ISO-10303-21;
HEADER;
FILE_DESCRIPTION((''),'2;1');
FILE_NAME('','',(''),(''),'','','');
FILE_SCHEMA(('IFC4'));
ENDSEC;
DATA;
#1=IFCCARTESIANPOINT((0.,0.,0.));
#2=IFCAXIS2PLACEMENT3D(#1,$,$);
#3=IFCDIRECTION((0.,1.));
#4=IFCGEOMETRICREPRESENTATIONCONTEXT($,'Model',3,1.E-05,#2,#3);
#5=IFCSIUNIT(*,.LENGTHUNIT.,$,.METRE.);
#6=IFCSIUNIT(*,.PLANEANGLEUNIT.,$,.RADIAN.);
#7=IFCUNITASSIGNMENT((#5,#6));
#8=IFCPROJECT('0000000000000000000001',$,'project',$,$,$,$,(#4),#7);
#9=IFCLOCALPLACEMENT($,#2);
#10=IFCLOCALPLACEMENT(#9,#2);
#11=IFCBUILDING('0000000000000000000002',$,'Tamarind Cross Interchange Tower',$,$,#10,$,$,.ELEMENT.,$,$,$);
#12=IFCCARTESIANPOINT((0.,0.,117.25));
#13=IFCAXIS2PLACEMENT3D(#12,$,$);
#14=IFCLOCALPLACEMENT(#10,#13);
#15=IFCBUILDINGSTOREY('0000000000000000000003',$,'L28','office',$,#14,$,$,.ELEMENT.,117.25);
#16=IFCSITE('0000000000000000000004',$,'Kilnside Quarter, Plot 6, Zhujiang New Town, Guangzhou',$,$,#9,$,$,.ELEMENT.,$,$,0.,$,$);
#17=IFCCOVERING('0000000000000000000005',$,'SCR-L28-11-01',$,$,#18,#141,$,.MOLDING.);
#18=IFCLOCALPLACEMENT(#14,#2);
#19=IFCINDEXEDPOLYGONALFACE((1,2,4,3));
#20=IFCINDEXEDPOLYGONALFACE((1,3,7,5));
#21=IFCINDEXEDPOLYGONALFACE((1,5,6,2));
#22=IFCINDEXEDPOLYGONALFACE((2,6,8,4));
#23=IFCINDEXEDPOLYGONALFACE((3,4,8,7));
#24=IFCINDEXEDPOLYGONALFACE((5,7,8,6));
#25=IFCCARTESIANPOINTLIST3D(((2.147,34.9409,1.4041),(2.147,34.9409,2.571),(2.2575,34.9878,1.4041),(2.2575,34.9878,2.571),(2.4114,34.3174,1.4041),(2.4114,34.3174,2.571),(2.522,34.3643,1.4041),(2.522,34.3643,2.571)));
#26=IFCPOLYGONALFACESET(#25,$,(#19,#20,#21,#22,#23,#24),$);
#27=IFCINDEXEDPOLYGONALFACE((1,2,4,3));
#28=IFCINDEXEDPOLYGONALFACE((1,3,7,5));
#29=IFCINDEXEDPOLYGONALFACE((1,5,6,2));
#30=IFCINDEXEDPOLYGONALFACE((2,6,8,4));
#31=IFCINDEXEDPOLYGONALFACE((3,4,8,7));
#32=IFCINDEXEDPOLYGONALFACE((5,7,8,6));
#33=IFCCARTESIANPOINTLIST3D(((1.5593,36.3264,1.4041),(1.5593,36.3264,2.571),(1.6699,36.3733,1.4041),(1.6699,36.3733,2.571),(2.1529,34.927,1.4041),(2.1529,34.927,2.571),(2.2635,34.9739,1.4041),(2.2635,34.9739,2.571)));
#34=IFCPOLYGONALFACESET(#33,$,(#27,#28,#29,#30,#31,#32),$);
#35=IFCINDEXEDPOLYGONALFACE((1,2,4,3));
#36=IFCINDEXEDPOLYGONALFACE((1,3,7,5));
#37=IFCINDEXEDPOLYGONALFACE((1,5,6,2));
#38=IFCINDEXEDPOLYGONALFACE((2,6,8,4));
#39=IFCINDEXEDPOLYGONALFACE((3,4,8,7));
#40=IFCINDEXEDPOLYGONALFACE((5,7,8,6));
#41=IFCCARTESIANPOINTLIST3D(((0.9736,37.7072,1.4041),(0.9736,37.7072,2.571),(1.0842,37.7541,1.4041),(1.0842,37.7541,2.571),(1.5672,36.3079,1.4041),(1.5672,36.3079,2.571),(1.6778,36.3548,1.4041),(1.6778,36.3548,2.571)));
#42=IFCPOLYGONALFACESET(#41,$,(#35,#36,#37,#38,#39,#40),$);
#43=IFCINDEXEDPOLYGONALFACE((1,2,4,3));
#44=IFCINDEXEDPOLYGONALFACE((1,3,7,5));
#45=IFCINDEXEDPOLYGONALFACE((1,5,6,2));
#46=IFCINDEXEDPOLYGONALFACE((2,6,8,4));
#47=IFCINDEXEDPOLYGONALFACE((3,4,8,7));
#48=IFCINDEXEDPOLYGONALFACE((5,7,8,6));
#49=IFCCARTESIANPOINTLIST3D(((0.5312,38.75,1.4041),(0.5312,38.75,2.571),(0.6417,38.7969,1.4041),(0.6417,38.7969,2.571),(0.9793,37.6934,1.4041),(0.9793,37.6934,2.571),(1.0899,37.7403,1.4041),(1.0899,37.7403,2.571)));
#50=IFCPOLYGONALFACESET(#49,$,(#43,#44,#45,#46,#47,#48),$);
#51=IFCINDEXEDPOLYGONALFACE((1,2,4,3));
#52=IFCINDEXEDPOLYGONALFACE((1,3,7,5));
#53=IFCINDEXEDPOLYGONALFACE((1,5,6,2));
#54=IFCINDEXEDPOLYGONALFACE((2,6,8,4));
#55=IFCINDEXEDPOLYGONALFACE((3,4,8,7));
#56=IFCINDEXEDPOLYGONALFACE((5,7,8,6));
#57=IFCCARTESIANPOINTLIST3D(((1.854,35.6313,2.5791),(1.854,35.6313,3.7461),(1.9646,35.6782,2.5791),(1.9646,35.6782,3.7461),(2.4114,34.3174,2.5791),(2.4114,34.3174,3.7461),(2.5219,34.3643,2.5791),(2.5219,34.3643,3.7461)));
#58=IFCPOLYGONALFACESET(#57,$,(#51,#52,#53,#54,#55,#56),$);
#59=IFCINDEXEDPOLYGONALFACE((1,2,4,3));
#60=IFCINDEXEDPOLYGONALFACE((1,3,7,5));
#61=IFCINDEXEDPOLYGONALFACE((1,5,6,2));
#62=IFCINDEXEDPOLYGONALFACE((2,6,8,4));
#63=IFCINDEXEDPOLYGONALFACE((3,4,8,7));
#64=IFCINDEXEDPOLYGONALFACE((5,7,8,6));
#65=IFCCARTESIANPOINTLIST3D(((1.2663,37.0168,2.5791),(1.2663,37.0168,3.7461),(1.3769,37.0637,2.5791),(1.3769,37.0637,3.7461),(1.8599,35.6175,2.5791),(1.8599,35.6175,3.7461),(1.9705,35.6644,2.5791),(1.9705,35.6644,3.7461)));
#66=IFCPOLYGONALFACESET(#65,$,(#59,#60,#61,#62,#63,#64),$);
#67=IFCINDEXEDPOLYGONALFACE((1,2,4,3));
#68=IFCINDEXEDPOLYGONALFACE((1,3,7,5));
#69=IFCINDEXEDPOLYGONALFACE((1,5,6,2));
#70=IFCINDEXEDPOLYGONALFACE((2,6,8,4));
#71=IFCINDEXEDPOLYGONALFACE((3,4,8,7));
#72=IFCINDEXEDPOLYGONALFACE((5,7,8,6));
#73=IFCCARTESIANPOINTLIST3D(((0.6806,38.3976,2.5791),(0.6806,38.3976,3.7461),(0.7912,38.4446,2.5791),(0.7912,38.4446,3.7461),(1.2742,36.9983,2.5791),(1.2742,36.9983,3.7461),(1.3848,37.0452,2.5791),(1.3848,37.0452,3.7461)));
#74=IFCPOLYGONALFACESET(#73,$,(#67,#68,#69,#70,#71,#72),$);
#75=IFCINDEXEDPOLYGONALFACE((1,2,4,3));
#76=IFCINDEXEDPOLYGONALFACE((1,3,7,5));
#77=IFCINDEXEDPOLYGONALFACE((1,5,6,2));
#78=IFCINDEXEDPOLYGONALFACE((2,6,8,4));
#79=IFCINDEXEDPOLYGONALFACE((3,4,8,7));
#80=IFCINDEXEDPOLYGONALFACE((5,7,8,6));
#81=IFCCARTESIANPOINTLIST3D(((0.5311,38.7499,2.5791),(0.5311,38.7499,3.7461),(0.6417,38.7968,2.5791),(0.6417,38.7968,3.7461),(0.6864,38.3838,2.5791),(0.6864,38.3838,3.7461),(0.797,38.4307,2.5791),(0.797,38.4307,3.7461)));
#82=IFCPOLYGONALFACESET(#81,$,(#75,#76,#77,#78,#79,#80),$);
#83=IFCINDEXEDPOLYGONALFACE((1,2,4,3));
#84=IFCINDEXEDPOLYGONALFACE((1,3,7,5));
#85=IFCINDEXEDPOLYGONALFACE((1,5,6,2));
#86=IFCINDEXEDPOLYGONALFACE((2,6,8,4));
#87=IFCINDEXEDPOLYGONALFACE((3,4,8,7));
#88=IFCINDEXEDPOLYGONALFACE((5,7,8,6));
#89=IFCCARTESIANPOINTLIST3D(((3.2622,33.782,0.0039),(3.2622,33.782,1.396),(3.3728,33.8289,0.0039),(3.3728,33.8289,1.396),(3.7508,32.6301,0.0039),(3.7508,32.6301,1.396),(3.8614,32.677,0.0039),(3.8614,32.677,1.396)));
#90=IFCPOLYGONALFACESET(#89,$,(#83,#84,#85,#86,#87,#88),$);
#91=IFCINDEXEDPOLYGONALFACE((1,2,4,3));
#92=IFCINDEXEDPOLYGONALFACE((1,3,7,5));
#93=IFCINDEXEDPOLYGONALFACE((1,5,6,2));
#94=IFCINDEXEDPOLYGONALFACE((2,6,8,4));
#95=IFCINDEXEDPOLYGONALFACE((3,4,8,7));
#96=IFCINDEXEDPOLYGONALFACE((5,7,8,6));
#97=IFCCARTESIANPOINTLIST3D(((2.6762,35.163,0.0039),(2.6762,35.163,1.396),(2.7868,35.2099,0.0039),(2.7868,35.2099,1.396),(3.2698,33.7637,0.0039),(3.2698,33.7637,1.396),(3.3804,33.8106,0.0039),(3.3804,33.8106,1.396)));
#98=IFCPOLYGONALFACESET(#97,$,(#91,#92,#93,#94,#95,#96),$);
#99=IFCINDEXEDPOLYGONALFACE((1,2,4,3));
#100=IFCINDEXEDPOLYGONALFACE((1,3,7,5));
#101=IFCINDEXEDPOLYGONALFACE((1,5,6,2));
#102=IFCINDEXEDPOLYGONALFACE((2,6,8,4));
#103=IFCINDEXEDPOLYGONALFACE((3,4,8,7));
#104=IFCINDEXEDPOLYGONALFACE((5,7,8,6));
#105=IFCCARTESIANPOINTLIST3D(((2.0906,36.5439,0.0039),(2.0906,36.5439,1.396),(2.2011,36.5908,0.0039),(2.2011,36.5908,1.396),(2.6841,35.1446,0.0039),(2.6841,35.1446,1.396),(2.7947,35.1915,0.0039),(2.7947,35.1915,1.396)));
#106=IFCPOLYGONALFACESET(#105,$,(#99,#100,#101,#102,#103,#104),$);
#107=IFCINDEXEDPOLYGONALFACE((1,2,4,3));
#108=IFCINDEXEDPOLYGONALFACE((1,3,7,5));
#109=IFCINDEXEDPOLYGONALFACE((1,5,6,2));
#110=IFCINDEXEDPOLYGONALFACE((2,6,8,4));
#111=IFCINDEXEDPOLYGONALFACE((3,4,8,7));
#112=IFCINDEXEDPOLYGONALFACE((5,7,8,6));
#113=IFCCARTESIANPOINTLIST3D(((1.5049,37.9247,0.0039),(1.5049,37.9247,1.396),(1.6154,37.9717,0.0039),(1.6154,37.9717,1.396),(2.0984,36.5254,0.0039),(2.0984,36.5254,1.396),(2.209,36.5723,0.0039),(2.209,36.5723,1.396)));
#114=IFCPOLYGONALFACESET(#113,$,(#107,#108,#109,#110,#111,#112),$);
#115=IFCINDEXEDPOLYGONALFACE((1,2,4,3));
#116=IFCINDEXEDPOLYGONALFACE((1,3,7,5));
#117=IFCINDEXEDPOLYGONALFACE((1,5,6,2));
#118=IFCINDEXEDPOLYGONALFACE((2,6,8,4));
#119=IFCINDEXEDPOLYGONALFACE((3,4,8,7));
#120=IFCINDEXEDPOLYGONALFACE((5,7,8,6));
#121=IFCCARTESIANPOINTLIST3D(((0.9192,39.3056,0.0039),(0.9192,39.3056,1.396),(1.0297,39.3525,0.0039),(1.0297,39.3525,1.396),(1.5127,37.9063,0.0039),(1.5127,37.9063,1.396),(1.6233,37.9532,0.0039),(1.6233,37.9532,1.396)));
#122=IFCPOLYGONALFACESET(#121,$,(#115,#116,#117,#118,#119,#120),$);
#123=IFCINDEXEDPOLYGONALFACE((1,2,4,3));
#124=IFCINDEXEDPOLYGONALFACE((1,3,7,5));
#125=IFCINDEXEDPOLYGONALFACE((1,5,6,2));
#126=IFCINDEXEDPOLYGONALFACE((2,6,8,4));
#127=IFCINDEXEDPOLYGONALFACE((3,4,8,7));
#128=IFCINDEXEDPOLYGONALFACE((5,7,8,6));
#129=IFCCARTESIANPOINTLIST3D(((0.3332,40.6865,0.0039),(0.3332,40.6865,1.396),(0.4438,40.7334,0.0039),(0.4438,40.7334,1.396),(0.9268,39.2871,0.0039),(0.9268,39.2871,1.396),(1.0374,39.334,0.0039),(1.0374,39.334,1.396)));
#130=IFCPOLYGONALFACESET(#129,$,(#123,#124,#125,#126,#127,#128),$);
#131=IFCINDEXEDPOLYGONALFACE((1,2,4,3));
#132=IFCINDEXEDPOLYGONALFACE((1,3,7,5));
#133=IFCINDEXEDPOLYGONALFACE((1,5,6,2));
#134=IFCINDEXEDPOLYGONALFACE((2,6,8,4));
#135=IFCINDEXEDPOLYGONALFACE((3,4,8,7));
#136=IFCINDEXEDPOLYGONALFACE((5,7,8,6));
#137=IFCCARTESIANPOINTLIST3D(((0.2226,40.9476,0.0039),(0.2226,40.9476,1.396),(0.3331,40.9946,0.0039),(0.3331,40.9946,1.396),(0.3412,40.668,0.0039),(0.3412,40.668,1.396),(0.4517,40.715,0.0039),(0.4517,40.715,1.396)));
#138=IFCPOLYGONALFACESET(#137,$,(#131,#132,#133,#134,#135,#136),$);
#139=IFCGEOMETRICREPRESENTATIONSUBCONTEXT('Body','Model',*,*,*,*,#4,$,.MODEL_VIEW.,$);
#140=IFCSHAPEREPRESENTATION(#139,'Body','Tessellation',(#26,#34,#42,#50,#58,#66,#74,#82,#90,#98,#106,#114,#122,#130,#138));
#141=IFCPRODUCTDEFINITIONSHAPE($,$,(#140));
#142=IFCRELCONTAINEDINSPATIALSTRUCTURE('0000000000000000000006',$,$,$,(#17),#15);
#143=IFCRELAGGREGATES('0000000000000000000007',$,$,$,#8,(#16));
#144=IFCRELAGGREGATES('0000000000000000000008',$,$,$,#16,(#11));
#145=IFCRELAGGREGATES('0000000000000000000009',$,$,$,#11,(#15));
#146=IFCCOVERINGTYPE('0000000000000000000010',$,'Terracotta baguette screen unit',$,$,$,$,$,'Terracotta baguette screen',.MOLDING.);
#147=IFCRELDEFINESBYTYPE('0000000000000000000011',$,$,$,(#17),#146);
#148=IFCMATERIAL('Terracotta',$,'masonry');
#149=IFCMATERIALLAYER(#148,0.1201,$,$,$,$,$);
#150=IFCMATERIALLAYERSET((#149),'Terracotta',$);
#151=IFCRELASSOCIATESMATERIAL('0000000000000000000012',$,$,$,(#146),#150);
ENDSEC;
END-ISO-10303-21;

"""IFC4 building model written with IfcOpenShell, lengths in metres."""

from ifc_helpers import new_model, si_unit, direction, frame, origin, origin_2d, place, context, subcontext, project, spatial, rectangle, extrude, material, layer, layer_set, type_object, element, save


model = new_model("IFC4")

# Units and contexts
model_context = context("Model", 3, precision=1e-05, world=origin(), true_north=direction((0.0, 1.0)))
body_context = subcontext(model_context, "Body", "Model", "MODEL_VIEW")
ifc_project = project(units=[si_unit("LENGTHUNIT", "METRE"), si_unit("PLANEANGLEUNIT", "RADIAN")], contexts=[model_context])

# Site, building, storey
site_placement = place(None, origin())
site = spatial("IfcSite", under=ifc_project, at=site_placement, Name="Kilnside Quarter, Plot 6, Zhujiang New Town, Guangzhou", CompositionType="ELEMENT", RefElevation=0.0)
building_placement = place(site_placement, origin())
building = spatial("IfcBuilding", under=site, at=building_placement, Name="Tamarind Cross Interchange Tower", CompositionType="ELEMENT")
storey_placement = place(building_placement, frame((0.0, 0.0, 117.25)))
storey = spatial("IfcBuildingStorey", under=building, at=storey_placement, Name="L28", Description="office", CompositionType="ELEMENT", Elevation=117.25)

# Covering
ifc_material_1 = material(Name="Terracotta", Category="masonry")
ifc_layer_1 = layer(ifc_material_1, 0.1201)
ifc_layer_set_1 = layer_set([ifc_layer_1], Name="Terracotta")
covering_type = type_object("IfcCoveringType", Name="Terracotta baguette screen unit", ElementType="Terracotta baguette screen", PredefinedType="MOLDING", material=ifc_layer_set_1)
covering_1_placement = place(storey_placement, origin())
element("IfcCovering", 1, at=covering_1_placement, inside=storey, type_object=covering_type, Name="SCR-L28-11-01", PredefinedType="MOLDING", context=body_context, shape_type="SweptSolid", body=[
    extrude(rectangle(XDim=0.6772, YDim=0.1201, at=origin_2d()), frame((2.3345, 34.6526, 1.4041), z_axis=(0.0, 0.0, 1.0), x_axis=(-0.3905, 0.920603, 0.0)), (0.0, 0.0, 1.0), 1.167),
    extrude(rectangle(XDim=1.52, YDim=0.1201, at=origin_2d()), frame((1.9114, 35.6501, 1.4041), z_axis=(0.0, 0.0, 1.0), x_axis=(-0.3905, 0.920603, 0.0)), (0.0, 0.0, 1.0), 1.167),
    extrude(rectangle(XDim=1.52, YDim=0.1201, at=origin_2d()), frame((1.3257, 37.031, 1.4041), z_axis=(0.0, 0.0, 1.0), x_axis=(-0.3905, 0.920603, 0.0)), (0.0, 0.0, 1.0), 1.167),
    extrude(rectangle(XDim=1.1477, YDim=0.1201, at=origin_2d()), frame((0.8105, 38.2451, 1.4041), z_axis=(0.0, 0.0, 1.0), x_axis=(-0.3905, 0.920603, 0.0)), (0.0, 0.0, 1.0), 1.167),
    extrude(rectangle(XDim=1.4272, YDim=0.1201, at=origin_2d()), frame((2.188, 34.9978, 2.5791), z_axis=(0.0, 0.0, 1.0), x_axis=(-0.3905, 0.920603, 0.0)), (0.0, 0.0, 1.0), 1.167),
    extrude(rectangle(XDim=1.52, YDim=0.1201, at=origin_2d()), frame((1.6184, 36.3406, 2.5791), z_axis=(0.0, 0.0, 1.0), x_axis=(-0.3905, 0.920603, 0.0)), (0.0, 0.0, 1.0), 1.167),
    extrude(rectangle(XDim=1.52, YDim=0.1201, at=origin_2d()), frame((1.0327, 37.7214, 2.5791), z_axis=(0.0, 0.0, 1.0), x_axis=(-0.3905, 0.920603, 0.0)), (0.0, 0.0, 1.0), 1.167),
    extrude(rectangle(XDim=0.3977, YDim=0.1201, at=origin_2d()), frame((0.6641, 38.5903, 2.5791), z_axis=(0.0, 0.0, 1.0), x_axis=(-0.3905, 0.920603, 0.0)), (0.0, 0.0, 1.0), 1.167),
    extrude(rectangle(XDim=1.2512, YDim=0.1201, at=origin_2d()), frame((3.5618, 33.2295, 0.0039), z_axis=(0.0, 0.0, 1.0), x_axis=(-0.3905, 0.920603, 0.0)), (0.0, 0.0, 1.0), 1.3921),
    extrude(rectangle(XDim=1.52, YDim=0.1201, at=origin_2d()), frame((3.0283, 34.4868, 0.0039), z_axis=(0.0, 0.0, 1.0), x_axis=(-0.3905, 0.920603, 0.0)), (0.0, 0.0, 1.0), 1.3921),
    extrude(rectangle(XDim=1.52, YDim=0.1201, at=origin_2d()), frame((2.4426, 35.8677, 0.0039), z_axis=(0.0, 0.0, 1.0), x_axis=(-0.3905, 0.920603, 0.0)), (0.0, 0.0, 1.0), 1.3921),
    extrude(rectangle(XDim=1.52, YDim=0.1201, at=origin_2d()), frame((1.8569, 37.2485, 0.0039), z_axis=(0.0, 0.0, 1.0), x_axis=(-0.3905, 0.920603, 0.0)), (0.0, 0.0, 1.0), 1.3921),
    extrude(rectangle(XDim=1.52, YDim=0.1201, at=origin_2d()), frame((1.2712, 38.6294, 0.0039), z_axis=(0.0, 0.0, 1.0), x_axis=(-0.3905, 0.920603, 0.0)), (0.0, 0.0, 1.0), 1.3921),
    extrude(rectangle(XDim=1.52, YDim=0.1201, at=origin_2d()), frame((0.6853, 40.0103, 0.0039), z_axis=(0.0, 0.0, 1.0), x_axis=(-0.3905, 0.920603, 0.0)), (0.0, 0.0, 1.0), 1.3921),
    extrude(rectangle(XDim=0.3037, YDim=0.1201, at=origin_2d()), frame((0.3372, 40.8313, 0.0039), z_axis=(0.0, 0.0, 1.0), x_axis=(-0.3905, 0.920603, 0.0)), (0.0, 0.0, 1.0), 1.3921),
])

save(model, "model.ifc")
